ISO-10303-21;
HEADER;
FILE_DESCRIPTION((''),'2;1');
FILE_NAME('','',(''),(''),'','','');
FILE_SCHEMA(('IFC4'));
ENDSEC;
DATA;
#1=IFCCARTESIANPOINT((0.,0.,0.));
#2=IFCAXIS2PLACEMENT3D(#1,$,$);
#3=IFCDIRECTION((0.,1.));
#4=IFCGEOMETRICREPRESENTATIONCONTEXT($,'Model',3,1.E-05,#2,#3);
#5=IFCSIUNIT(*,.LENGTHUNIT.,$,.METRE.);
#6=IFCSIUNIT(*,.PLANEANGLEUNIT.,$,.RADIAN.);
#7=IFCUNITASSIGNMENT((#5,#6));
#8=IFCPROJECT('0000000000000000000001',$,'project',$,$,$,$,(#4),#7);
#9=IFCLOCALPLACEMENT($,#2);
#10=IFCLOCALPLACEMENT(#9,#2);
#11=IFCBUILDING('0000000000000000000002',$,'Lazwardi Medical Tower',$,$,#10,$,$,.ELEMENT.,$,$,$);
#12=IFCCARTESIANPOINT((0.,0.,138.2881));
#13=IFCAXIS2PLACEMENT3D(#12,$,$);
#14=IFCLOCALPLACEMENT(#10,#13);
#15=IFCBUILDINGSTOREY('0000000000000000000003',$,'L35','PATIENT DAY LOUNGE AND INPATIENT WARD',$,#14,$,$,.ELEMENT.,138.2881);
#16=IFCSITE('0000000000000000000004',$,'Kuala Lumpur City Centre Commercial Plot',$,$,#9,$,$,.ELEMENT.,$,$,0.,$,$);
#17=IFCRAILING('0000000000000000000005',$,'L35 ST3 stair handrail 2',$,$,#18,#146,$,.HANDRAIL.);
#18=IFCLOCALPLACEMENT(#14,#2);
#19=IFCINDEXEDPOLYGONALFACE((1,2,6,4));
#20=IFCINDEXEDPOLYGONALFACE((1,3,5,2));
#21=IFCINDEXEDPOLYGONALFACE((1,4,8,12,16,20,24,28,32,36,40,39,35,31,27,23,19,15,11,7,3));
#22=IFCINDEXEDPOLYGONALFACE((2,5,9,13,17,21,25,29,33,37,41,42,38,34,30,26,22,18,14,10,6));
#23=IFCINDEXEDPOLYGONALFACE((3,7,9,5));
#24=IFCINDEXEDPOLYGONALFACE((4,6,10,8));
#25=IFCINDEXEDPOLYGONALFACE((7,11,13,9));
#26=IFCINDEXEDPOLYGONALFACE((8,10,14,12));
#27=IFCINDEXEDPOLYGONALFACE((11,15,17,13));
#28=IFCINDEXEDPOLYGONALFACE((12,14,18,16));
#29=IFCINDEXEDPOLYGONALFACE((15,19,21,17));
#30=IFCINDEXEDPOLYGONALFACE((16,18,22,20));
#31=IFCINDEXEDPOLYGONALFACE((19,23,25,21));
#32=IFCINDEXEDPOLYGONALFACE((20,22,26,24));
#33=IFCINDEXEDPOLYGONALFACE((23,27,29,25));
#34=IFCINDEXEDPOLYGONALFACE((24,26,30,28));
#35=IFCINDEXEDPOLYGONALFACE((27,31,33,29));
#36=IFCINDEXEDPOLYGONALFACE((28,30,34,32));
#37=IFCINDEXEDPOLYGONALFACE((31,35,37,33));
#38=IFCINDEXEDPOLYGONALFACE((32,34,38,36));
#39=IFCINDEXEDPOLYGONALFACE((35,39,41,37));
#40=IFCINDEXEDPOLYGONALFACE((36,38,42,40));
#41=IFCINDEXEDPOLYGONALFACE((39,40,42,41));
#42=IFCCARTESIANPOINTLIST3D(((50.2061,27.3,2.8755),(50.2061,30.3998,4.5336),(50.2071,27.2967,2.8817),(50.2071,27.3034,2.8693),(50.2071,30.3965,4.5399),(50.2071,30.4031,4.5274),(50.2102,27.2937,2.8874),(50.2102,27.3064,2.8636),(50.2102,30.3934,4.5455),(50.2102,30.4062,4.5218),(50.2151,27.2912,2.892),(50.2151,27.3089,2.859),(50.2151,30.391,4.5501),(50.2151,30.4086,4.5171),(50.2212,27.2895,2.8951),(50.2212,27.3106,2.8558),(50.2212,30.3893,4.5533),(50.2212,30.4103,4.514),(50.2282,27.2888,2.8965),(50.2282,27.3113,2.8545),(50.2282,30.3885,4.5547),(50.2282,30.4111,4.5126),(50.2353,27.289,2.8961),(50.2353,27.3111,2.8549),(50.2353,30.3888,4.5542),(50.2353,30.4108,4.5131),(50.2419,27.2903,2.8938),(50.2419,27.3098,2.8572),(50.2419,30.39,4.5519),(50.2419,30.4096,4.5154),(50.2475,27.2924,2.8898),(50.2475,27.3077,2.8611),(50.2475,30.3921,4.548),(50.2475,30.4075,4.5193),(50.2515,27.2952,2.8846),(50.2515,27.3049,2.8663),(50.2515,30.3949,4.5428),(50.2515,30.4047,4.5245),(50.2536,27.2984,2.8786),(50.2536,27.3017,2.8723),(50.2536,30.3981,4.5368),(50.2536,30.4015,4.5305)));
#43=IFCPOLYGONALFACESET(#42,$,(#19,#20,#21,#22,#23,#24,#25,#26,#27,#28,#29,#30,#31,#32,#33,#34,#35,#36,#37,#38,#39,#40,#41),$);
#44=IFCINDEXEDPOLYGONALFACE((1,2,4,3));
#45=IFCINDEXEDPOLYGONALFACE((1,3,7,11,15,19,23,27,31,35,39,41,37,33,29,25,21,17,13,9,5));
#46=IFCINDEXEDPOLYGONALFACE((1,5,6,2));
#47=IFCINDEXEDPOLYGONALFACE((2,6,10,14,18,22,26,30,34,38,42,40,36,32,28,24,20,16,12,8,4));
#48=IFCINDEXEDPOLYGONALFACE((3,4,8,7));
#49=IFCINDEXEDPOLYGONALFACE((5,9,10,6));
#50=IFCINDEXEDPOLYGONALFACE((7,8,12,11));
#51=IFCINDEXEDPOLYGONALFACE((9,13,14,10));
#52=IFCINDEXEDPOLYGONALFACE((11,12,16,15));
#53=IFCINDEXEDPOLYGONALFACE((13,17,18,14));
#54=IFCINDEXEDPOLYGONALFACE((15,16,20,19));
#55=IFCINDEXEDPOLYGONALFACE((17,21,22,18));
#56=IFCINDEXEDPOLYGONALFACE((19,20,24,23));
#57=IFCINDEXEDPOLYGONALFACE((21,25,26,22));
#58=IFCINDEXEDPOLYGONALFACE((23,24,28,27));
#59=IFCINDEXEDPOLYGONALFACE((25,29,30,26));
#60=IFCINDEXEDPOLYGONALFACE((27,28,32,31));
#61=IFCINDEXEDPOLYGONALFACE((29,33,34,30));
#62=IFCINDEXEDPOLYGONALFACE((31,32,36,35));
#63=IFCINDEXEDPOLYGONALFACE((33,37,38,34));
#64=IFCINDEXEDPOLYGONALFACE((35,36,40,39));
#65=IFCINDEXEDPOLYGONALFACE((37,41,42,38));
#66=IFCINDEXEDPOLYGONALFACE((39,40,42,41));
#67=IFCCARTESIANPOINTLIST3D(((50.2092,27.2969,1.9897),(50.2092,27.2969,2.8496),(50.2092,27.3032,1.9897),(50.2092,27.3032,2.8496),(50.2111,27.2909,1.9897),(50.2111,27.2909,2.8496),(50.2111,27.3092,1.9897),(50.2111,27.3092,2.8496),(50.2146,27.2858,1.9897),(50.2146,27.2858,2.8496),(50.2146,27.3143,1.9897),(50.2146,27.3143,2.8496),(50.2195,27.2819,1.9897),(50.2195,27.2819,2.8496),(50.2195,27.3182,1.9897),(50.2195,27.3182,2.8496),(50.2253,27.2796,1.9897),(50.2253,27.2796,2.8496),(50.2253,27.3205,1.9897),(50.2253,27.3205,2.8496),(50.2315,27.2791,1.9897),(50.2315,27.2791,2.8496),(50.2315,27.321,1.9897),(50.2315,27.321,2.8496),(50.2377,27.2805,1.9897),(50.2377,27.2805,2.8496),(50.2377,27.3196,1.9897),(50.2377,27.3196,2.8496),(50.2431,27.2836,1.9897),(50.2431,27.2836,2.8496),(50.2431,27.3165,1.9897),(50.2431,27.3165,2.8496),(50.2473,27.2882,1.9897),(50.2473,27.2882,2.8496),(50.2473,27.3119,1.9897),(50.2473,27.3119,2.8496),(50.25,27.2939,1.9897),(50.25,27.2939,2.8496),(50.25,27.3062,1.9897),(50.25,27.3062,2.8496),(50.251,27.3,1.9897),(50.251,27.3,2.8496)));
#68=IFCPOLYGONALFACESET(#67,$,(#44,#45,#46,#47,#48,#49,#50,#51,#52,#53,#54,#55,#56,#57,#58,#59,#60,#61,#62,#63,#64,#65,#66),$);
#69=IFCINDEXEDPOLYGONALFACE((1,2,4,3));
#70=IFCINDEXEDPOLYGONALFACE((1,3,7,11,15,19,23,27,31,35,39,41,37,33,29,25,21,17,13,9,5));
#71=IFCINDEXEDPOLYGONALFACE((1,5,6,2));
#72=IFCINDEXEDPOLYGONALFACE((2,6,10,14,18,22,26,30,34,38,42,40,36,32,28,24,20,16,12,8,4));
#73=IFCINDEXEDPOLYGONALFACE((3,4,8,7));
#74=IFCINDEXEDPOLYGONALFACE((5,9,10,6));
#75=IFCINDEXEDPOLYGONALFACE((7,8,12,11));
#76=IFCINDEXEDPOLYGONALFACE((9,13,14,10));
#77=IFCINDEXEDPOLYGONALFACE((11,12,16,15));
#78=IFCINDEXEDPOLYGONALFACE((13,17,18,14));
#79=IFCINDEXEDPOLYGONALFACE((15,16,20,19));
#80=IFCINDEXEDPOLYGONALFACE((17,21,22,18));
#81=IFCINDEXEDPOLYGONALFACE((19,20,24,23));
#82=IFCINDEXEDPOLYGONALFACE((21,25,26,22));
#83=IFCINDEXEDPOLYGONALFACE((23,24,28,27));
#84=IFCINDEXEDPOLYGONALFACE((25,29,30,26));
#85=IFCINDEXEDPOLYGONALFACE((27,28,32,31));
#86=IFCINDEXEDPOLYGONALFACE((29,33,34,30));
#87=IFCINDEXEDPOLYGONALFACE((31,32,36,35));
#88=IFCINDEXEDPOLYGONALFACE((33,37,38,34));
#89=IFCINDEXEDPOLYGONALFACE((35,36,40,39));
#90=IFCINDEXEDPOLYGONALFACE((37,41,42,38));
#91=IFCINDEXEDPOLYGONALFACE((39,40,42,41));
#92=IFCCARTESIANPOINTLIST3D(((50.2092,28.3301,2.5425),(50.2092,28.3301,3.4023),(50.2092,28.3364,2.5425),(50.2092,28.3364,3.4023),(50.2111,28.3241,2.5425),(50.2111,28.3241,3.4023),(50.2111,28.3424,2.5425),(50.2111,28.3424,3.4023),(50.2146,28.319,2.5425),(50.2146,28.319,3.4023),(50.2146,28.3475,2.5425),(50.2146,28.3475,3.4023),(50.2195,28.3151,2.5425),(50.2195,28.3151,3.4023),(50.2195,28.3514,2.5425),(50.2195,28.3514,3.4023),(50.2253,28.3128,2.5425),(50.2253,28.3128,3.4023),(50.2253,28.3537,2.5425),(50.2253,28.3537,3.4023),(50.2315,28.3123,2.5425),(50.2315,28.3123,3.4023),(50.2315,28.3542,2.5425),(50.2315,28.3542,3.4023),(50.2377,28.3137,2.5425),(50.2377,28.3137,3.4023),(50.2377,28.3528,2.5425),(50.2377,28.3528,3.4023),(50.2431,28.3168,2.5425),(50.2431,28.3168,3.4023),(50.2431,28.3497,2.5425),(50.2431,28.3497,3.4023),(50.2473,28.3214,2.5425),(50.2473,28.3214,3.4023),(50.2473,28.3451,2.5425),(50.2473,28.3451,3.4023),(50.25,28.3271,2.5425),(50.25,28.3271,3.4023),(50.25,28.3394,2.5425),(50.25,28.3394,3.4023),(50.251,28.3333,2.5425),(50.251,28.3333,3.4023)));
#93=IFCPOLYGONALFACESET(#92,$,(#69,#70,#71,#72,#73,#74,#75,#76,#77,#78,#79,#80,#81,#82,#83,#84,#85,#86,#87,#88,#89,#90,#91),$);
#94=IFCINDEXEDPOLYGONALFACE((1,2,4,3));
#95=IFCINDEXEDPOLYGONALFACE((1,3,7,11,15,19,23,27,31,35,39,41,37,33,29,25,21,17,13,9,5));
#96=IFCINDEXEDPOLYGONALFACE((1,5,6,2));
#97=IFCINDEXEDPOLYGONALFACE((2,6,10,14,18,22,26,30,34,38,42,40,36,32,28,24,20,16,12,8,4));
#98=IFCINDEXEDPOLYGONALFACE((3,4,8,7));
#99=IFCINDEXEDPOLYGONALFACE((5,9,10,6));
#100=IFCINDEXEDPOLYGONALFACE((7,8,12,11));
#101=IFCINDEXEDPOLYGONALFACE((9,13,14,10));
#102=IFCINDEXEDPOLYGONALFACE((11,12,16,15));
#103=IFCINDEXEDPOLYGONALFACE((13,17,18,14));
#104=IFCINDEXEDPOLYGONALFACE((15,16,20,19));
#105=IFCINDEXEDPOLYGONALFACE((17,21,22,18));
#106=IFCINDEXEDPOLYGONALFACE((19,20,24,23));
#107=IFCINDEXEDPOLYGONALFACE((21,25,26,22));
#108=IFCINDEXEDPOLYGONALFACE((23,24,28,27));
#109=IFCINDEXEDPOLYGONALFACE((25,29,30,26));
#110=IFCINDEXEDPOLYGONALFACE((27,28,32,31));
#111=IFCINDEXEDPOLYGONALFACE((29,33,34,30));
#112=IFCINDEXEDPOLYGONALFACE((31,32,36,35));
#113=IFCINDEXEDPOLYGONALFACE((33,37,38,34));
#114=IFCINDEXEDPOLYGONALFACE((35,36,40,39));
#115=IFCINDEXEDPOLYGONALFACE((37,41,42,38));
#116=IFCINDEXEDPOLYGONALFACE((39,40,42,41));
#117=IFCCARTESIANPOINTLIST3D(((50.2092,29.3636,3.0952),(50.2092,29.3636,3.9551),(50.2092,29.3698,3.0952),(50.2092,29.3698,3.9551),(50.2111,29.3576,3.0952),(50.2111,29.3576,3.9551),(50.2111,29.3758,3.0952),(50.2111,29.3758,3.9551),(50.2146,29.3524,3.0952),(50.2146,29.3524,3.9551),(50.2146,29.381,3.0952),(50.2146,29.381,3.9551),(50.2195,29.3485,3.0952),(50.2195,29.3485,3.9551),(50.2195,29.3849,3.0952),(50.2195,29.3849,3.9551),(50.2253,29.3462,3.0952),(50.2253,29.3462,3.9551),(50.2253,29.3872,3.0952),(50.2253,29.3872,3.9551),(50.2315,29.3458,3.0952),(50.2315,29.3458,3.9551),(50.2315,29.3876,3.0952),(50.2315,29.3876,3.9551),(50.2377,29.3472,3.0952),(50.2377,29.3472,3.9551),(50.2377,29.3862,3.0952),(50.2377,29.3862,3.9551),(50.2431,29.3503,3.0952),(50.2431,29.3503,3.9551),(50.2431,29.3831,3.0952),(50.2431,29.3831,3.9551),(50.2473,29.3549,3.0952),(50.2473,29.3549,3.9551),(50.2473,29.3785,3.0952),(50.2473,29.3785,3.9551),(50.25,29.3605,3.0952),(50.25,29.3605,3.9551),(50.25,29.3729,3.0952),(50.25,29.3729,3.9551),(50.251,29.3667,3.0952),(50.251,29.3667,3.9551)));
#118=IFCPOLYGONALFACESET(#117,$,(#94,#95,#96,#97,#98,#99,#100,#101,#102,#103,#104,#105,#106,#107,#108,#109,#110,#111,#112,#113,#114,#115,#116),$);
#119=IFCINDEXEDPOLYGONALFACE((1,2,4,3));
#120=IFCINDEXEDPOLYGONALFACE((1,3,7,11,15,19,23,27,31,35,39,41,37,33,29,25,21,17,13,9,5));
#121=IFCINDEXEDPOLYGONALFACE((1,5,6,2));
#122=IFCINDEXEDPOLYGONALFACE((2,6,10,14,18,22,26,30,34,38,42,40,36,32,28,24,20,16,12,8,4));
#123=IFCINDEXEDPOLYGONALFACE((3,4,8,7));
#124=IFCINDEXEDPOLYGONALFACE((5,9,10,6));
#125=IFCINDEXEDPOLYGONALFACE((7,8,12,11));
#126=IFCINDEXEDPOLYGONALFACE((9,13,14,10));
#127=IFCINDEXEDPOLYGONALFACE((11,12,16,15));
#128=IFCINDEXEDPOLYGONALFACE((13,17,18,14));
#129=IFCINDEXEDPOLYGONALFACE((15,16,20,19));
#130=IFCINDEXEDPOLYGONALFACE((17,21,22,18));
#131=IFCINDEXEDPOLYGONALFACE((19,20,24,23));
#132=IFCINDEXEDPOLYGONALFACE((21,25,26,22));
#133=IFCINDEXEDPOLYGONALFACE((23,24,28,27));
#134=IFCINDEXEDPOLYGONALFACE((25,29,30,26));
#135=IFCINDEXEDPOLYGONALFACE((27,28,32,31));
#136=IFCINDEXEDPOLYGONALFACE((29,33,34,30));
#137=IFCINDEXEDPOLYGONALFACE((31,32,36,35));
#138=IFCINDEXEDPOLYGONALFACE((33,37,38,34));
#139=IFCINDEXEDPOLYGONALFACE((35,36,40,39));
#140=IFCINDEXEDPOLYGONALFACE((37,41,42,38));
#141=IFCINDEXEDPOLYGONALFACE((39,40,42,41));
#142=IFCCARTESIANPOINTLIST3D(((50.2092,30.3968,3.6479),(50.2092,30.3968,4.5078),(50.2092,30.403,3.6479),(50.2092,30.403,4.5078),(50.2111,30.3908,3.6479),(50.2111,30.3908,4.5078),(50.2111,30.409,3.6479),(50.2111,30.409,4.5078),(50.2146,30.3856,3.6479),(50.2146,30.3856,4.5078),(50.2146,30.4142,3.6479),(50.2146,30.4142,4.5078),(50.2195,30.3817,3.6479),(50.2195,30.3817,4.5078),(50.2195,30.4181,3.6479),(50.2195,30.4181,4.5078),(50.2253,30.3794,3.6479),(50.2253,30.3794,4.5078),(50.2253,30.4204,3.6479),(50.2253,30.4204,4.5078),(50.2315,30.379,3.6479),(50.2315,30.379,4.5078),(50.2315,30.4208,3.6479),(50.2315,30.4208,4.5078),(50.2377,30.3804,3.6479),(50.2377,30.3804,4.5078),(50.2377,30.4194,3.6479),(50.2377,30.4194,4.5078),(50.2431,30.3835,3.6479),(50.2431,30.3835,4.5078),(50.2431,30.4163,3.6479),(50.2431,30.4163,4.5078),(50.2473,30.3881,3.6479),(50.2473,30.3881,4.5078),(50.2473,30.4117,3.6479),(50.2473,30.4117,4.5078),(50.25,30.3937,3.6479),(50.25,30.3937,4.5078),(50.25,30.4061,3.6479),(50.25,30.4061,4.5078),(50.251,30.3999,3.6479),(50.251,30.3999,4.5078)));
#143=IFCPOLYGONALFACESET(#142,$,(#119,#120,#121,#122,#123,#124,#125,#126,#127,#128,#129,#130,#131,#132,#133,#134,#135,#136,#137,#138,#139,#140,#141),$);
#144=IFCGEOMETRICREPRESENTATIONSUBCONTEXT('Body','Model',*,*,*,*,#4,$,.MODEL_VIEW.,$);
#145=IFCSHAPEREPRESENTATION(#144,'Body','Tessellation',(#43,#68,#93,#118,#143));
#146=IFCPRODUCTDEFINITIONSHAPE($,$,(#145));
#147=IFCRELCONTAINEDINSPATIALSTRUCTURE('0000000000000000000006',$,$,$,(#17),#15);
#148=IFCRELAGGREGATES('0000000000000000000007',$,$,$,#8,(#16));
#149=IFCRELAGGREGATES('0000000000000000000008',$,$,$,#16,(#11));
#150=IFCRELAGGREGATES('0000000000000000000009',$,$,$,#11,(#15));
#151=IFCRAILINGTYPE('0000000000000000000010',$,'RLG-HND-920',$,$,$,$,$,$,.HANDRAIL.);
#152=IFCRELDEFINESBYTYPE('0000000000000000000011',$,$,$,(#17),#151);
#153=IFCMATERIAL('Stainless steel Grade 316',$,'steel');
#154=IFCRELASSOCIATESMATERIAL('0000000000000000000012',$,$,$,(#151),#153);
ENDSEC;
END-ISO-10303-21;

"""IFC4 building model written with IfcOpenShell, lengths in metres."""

from ifc_helpers import new_model, si_unit, direction, frame, origin, origin_2d, place, context, subcontext, project, spatial, circle, extrude, material, type_object, element, save


model = new_model("IFC4")

# Units and contexts
model_context = context("Model", 3, precision=1e-05, world=origin(), true_north=direction((0.0, 1.0)))
body_context = subcontext(model_context, "Body", "Model", "MODEL_VIEW")
ifc_project = project(units=[si_unit("LENGTHUNIT", "METRE"), si_unit("PLANEANGLEUNIT", "RADIAN")], contexts=[model_context])

# Site, building, storey
site_placement = place(None, origin())
site = spatial("IfcSite", under=ifc_project, at=site_placement, Name="Kuala Lumpur City Centre Commercial Plot", CompositionType="ELEMENT", RefElevation=0.0)
building_placement = place(site_placement, origin())
building = spatial("IfcBuilding", under=site, at=building_placement, Name="Lazwardi Medical Tower", CompositionType="ELEMENT")
storey_placement = place(building_placement, frame((0.0, 0.0, 138.2881)))
storey = spatial("IfcBuildingStorey", under=building, at=storey_placement, Name="L35", Description="PATIENT DAY LOUNGE AND INPATIENT WARD", CompositionType="ELEMENT", Elevation=138.2881)

# Railing
ifc_material_1 = material(Name="Stainless steel Grade 316", Category="steel")
railing_type_1 = type_object("IfcRailingType", Name="RLG-HND-920", PredefinedType="HANDRAIL", material=ifc_material_1)
railing_1_placement = place(storey_placement, frame((50.23, 27.3, 1.9897)))
element("IfcRailing", 1, at=railing_1_placement, inside=storey, type_object=railing_type_1, Name="L35 ST3 stair handrail 2", PredefinedType="HANDRAIL", context=body_context, shape_type="SweptSolid", body=[
    extrude(circle(Radius=0.0239, at=origin_2d()), frame((0.0, 0.0, 0.8857), z_axis=(0.0, 0.881768, 0.471684), x_axis=(-1.0, 0.0, 0.0)), (0.0, 0.0, 1.0), 3.5154),
    extrude(circle(Radius=0.021, at=origin_2d()), origin(), (0.0, 0.0, 1.0), 0.8599),
    extrude(circle(Radius=0.021, at=origin_2d()), frame((0.0, 1.0332, 0.5527)), (0.0, 0.0, 1.0), 0.8599),
    extrude(circle(Radius=0.021, at=origin_2d()), frame((0.0, 2.0667, 1.1055)), (0.0, 0.0, 1.0), 0.8599),
    extrude(circle(Radius=0.021, at=origin_2d()), frame((0.0, 3.0999, 1.6582)), (0.0, 0.0, 1.0), 0.8599),
])

save(model, "model.ifc")
